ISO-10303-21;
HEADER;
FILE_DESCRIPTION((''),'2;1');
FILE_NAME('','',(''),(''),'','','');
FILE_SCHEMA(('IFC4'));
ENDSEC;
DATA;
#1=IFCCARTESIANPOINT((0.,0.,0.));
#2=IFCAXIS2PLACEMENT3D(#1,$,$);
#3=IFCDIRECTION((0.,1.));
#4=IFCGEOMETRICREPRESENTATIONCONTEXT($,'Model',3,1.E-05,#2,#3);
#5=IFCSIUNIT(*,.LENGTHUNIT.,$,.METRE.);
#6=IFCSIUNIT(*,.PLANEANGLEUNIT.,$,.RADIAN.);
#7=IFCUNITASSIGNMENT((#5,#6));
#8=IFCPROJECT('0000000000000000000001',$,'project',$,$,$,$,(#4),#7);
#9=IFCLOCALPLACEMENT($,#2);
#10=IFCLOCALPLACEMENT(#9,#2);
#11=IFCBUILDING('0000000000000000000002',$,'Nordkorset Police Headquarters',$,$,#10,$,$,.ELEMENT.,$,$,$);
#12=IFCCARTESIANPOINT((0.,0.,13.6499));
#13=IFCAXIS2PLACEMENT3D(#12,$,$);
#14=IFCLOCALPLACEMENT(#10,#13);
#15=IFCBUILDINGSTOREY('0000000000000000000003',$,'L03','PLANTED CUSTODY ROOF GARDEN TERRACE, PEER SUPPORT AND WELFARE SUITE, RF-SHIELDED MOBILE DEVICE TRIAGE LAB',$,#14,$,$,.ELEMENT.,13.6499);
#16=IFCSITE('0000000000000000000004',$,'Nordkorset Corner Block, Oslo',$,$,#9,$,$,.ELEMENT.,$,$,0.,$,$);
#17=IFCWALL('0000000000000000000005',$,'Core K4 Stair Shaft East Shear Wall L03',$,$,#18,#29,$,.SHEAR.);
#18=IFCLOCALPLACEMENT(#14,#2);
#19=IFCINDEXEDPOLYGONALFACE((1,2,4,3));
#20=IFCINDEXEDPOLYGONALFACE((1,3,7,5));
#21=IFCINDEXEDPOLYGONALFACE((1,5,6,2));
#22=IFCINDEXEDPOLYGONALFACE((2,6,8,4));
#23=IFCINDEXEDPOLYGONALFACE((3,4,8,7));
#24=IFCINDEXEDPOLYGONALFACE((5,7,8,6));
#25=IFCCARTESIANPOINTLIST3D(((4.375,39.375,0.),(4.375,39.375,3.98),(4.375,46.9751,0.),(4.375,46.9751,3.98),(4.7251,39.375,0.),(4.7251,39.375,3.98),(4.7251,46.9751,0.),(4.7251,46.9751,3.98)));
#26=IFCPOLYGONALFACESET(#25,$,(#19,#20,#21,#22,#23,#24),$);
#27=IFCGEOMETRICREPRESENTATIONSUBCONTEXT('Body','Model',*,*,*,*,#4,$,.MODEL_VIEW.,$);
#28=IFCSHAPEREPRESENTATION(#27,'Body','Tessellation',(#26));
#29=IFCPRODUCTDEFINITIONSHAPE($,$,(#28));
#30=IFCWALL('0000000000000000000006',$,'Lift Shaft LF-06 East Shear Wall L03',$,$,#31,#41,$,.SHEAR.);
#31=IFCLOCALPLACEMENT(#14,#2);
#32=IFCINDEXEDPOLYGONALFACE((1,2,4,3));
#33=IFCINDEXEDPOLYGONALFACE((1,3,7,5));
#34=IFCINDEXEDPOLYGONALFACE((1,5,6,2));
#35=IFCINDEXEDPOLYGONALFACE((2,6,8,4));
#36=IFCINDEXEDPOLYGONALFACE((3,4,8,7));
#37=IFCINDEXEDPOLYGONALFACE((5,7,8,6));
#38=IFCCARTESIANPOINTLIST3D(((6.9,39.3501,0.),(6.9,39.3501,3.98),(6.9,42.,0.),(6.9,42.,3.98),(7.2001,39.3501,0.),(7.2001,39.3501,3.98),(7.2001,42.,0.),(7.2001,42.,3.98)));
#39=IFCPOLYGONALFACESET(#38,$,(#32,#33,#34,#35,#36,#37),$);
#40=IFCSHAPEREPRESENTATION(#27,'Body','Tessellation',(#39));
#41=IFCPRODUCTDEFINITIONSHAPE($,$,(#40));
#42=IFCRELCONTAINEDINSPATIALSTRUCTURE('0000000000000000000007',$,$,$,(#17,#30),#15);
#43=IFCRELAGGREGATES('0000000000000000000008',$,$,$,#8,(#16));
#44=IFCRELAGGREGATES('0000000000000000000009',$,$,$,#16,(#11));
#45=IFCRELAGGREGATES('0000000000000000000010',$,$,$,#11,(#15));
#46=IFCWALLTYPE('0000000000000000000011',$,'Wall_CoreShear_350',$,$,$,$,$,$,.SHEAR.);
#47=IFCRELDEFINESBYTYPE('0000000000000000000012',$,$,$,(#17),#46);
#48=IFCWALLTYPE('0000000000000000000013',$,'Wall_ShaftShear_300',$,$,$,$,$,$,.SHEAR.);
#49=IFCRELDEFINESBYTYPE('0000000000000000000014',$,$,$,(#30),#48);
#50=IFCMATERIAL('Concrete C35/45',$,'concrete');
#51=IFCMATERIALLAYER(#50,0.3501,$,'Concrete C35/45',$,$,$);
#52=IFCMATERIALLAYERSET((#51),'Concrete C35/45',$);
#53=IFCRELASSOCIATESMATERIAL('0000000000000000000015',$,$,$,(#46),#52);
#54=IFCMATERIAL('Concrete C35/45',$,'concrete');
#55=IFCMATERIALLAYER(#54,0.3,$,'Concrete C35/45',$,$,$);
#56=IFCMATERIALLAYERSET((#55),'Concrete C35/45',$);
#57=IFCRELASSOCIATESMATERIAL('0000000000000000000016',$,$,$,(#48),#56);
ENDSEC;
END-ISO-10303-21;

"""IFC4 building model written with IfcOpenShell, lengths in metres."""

from ifc_helpers import new_model, si_unit, direction, frame, frame_2d, origin, place, context, subcontext, project, spatial, rectangle, extrude, material, layer, layer_set, type_object, element, save


model = new_model("IFC4")

# Units and contexts
model_context = context("Model", 3, precision=1e-05, world=origin(), true_north=direction((0.0, 1.0)))
body_context = subcontext(model_context, "Body", "Model", "MODEL_VIEW")
ifc_project = project(units=[si_unit("LENGTHUNIT", "METRE"), si_unit("PLANEANGLEUNIT", "RADIAN")], contexts=[model_context])

# Site, building, storey
site_placement = place(None, origin())
site = spatial("IfcSite", under=ifc_project, at=site_placement, Name="Nordkorset Corner Block, Oslo", CompositionType="ELEMENT", RefElevation=0.0)
building_placement = place(site_placement, origin())
building = spatial("IfcBuilding", under=site, at=building_placement, Name="Nordkorset Police Headquarters", CompositionType="ELEMENT")
storey_placement = place(building_placement, frame((0.0, 0.0, 13.6499)))
storey = spatial("IfcBuildingStorey", under=building, at=storey_placement, Name="L03", Description="PLANTED CUSTODY ROOF GARDEN TERRACE, PEER SUPPORT AND WELFARE SUITE, RF-SHIELDED MOBILE DEVICE TRIAGE LAB", CompositionType="ELEMENT", Elevation=13.6499)

# Wall
ifc_material_1 = material(Name="Concrete C35/45", Category="concrete")
ifc_layer_1 = layer(ifc_material_1, 0.3501, Name="Concrete C35/45")
ifc_layer_set_1 = layer_set([ifc_layer_1], Name="Concrete C35/45")
wall_type_1 = type_object("IfcWallType", Name="Wall_CoreShear_350", PredefinedType="SHEAR", material=ifc_layer_set_1)
wall_1_placement = place(storey_placement, frame((4.55, 39.375, 0.0), z_axis=(0.0, 0.0, 1.0), x_axis=(0.0, 1.0, 0.0)))
element("IfcWall", 1, at=wall_1_placement, inside=storey, type_object=wall_type_1, Name="Core K4 Stair Shaft East Shear Wall L03", PredefinedType="SHEAR", context=body_context, shape_type="SweptSolid", body=[
    extrude(rectangle(XDim=7.6001, YDim=0.3501, at=frame_2d((3.8, 0.0))), origin(), (0.0, 0.0, 1.0), 3.98),
])

# Shared definitions
ifc_material_2 = material(Name="Concrete C35/45", Category="concrete")
ifc_layer_2 = layer(ifc_material_2, 0.3, Name="Concrete C35/45")
ifc_layer_set_2 = layer_set([ifc_layer_2], Name="Concrete C35/45")
wall_type_2 = type_object("IfcWallType", Name="Wall_ShaftShear_300", PredefinedType="SHEAR", material=ifc_layer_set_2)

# Wall
wall_2_placement = place(storey_placement, frame((7.05, 39.3501, 0.0), z_axis=(0.0, 0.0, 1.0), x_axis=(0.0, 1.0, 0.0)))
element("IfcWall", 2, at=wall_2_placement, inside=storey, type_object=wall_type_2, Name="Lift Shaft LF-06 East Shear Wall L03", PredefinedType="SHEAR", context=body_context, shape_type="SweptSolid", body=[
    extrude(rectangle(XDim=2.6499, YDim=0.3, at=frame_2d((1.325, 0.0))), origin(), (0.0, 0.0, 1.0), 3.98),
])

save(model, "model.ifc")
